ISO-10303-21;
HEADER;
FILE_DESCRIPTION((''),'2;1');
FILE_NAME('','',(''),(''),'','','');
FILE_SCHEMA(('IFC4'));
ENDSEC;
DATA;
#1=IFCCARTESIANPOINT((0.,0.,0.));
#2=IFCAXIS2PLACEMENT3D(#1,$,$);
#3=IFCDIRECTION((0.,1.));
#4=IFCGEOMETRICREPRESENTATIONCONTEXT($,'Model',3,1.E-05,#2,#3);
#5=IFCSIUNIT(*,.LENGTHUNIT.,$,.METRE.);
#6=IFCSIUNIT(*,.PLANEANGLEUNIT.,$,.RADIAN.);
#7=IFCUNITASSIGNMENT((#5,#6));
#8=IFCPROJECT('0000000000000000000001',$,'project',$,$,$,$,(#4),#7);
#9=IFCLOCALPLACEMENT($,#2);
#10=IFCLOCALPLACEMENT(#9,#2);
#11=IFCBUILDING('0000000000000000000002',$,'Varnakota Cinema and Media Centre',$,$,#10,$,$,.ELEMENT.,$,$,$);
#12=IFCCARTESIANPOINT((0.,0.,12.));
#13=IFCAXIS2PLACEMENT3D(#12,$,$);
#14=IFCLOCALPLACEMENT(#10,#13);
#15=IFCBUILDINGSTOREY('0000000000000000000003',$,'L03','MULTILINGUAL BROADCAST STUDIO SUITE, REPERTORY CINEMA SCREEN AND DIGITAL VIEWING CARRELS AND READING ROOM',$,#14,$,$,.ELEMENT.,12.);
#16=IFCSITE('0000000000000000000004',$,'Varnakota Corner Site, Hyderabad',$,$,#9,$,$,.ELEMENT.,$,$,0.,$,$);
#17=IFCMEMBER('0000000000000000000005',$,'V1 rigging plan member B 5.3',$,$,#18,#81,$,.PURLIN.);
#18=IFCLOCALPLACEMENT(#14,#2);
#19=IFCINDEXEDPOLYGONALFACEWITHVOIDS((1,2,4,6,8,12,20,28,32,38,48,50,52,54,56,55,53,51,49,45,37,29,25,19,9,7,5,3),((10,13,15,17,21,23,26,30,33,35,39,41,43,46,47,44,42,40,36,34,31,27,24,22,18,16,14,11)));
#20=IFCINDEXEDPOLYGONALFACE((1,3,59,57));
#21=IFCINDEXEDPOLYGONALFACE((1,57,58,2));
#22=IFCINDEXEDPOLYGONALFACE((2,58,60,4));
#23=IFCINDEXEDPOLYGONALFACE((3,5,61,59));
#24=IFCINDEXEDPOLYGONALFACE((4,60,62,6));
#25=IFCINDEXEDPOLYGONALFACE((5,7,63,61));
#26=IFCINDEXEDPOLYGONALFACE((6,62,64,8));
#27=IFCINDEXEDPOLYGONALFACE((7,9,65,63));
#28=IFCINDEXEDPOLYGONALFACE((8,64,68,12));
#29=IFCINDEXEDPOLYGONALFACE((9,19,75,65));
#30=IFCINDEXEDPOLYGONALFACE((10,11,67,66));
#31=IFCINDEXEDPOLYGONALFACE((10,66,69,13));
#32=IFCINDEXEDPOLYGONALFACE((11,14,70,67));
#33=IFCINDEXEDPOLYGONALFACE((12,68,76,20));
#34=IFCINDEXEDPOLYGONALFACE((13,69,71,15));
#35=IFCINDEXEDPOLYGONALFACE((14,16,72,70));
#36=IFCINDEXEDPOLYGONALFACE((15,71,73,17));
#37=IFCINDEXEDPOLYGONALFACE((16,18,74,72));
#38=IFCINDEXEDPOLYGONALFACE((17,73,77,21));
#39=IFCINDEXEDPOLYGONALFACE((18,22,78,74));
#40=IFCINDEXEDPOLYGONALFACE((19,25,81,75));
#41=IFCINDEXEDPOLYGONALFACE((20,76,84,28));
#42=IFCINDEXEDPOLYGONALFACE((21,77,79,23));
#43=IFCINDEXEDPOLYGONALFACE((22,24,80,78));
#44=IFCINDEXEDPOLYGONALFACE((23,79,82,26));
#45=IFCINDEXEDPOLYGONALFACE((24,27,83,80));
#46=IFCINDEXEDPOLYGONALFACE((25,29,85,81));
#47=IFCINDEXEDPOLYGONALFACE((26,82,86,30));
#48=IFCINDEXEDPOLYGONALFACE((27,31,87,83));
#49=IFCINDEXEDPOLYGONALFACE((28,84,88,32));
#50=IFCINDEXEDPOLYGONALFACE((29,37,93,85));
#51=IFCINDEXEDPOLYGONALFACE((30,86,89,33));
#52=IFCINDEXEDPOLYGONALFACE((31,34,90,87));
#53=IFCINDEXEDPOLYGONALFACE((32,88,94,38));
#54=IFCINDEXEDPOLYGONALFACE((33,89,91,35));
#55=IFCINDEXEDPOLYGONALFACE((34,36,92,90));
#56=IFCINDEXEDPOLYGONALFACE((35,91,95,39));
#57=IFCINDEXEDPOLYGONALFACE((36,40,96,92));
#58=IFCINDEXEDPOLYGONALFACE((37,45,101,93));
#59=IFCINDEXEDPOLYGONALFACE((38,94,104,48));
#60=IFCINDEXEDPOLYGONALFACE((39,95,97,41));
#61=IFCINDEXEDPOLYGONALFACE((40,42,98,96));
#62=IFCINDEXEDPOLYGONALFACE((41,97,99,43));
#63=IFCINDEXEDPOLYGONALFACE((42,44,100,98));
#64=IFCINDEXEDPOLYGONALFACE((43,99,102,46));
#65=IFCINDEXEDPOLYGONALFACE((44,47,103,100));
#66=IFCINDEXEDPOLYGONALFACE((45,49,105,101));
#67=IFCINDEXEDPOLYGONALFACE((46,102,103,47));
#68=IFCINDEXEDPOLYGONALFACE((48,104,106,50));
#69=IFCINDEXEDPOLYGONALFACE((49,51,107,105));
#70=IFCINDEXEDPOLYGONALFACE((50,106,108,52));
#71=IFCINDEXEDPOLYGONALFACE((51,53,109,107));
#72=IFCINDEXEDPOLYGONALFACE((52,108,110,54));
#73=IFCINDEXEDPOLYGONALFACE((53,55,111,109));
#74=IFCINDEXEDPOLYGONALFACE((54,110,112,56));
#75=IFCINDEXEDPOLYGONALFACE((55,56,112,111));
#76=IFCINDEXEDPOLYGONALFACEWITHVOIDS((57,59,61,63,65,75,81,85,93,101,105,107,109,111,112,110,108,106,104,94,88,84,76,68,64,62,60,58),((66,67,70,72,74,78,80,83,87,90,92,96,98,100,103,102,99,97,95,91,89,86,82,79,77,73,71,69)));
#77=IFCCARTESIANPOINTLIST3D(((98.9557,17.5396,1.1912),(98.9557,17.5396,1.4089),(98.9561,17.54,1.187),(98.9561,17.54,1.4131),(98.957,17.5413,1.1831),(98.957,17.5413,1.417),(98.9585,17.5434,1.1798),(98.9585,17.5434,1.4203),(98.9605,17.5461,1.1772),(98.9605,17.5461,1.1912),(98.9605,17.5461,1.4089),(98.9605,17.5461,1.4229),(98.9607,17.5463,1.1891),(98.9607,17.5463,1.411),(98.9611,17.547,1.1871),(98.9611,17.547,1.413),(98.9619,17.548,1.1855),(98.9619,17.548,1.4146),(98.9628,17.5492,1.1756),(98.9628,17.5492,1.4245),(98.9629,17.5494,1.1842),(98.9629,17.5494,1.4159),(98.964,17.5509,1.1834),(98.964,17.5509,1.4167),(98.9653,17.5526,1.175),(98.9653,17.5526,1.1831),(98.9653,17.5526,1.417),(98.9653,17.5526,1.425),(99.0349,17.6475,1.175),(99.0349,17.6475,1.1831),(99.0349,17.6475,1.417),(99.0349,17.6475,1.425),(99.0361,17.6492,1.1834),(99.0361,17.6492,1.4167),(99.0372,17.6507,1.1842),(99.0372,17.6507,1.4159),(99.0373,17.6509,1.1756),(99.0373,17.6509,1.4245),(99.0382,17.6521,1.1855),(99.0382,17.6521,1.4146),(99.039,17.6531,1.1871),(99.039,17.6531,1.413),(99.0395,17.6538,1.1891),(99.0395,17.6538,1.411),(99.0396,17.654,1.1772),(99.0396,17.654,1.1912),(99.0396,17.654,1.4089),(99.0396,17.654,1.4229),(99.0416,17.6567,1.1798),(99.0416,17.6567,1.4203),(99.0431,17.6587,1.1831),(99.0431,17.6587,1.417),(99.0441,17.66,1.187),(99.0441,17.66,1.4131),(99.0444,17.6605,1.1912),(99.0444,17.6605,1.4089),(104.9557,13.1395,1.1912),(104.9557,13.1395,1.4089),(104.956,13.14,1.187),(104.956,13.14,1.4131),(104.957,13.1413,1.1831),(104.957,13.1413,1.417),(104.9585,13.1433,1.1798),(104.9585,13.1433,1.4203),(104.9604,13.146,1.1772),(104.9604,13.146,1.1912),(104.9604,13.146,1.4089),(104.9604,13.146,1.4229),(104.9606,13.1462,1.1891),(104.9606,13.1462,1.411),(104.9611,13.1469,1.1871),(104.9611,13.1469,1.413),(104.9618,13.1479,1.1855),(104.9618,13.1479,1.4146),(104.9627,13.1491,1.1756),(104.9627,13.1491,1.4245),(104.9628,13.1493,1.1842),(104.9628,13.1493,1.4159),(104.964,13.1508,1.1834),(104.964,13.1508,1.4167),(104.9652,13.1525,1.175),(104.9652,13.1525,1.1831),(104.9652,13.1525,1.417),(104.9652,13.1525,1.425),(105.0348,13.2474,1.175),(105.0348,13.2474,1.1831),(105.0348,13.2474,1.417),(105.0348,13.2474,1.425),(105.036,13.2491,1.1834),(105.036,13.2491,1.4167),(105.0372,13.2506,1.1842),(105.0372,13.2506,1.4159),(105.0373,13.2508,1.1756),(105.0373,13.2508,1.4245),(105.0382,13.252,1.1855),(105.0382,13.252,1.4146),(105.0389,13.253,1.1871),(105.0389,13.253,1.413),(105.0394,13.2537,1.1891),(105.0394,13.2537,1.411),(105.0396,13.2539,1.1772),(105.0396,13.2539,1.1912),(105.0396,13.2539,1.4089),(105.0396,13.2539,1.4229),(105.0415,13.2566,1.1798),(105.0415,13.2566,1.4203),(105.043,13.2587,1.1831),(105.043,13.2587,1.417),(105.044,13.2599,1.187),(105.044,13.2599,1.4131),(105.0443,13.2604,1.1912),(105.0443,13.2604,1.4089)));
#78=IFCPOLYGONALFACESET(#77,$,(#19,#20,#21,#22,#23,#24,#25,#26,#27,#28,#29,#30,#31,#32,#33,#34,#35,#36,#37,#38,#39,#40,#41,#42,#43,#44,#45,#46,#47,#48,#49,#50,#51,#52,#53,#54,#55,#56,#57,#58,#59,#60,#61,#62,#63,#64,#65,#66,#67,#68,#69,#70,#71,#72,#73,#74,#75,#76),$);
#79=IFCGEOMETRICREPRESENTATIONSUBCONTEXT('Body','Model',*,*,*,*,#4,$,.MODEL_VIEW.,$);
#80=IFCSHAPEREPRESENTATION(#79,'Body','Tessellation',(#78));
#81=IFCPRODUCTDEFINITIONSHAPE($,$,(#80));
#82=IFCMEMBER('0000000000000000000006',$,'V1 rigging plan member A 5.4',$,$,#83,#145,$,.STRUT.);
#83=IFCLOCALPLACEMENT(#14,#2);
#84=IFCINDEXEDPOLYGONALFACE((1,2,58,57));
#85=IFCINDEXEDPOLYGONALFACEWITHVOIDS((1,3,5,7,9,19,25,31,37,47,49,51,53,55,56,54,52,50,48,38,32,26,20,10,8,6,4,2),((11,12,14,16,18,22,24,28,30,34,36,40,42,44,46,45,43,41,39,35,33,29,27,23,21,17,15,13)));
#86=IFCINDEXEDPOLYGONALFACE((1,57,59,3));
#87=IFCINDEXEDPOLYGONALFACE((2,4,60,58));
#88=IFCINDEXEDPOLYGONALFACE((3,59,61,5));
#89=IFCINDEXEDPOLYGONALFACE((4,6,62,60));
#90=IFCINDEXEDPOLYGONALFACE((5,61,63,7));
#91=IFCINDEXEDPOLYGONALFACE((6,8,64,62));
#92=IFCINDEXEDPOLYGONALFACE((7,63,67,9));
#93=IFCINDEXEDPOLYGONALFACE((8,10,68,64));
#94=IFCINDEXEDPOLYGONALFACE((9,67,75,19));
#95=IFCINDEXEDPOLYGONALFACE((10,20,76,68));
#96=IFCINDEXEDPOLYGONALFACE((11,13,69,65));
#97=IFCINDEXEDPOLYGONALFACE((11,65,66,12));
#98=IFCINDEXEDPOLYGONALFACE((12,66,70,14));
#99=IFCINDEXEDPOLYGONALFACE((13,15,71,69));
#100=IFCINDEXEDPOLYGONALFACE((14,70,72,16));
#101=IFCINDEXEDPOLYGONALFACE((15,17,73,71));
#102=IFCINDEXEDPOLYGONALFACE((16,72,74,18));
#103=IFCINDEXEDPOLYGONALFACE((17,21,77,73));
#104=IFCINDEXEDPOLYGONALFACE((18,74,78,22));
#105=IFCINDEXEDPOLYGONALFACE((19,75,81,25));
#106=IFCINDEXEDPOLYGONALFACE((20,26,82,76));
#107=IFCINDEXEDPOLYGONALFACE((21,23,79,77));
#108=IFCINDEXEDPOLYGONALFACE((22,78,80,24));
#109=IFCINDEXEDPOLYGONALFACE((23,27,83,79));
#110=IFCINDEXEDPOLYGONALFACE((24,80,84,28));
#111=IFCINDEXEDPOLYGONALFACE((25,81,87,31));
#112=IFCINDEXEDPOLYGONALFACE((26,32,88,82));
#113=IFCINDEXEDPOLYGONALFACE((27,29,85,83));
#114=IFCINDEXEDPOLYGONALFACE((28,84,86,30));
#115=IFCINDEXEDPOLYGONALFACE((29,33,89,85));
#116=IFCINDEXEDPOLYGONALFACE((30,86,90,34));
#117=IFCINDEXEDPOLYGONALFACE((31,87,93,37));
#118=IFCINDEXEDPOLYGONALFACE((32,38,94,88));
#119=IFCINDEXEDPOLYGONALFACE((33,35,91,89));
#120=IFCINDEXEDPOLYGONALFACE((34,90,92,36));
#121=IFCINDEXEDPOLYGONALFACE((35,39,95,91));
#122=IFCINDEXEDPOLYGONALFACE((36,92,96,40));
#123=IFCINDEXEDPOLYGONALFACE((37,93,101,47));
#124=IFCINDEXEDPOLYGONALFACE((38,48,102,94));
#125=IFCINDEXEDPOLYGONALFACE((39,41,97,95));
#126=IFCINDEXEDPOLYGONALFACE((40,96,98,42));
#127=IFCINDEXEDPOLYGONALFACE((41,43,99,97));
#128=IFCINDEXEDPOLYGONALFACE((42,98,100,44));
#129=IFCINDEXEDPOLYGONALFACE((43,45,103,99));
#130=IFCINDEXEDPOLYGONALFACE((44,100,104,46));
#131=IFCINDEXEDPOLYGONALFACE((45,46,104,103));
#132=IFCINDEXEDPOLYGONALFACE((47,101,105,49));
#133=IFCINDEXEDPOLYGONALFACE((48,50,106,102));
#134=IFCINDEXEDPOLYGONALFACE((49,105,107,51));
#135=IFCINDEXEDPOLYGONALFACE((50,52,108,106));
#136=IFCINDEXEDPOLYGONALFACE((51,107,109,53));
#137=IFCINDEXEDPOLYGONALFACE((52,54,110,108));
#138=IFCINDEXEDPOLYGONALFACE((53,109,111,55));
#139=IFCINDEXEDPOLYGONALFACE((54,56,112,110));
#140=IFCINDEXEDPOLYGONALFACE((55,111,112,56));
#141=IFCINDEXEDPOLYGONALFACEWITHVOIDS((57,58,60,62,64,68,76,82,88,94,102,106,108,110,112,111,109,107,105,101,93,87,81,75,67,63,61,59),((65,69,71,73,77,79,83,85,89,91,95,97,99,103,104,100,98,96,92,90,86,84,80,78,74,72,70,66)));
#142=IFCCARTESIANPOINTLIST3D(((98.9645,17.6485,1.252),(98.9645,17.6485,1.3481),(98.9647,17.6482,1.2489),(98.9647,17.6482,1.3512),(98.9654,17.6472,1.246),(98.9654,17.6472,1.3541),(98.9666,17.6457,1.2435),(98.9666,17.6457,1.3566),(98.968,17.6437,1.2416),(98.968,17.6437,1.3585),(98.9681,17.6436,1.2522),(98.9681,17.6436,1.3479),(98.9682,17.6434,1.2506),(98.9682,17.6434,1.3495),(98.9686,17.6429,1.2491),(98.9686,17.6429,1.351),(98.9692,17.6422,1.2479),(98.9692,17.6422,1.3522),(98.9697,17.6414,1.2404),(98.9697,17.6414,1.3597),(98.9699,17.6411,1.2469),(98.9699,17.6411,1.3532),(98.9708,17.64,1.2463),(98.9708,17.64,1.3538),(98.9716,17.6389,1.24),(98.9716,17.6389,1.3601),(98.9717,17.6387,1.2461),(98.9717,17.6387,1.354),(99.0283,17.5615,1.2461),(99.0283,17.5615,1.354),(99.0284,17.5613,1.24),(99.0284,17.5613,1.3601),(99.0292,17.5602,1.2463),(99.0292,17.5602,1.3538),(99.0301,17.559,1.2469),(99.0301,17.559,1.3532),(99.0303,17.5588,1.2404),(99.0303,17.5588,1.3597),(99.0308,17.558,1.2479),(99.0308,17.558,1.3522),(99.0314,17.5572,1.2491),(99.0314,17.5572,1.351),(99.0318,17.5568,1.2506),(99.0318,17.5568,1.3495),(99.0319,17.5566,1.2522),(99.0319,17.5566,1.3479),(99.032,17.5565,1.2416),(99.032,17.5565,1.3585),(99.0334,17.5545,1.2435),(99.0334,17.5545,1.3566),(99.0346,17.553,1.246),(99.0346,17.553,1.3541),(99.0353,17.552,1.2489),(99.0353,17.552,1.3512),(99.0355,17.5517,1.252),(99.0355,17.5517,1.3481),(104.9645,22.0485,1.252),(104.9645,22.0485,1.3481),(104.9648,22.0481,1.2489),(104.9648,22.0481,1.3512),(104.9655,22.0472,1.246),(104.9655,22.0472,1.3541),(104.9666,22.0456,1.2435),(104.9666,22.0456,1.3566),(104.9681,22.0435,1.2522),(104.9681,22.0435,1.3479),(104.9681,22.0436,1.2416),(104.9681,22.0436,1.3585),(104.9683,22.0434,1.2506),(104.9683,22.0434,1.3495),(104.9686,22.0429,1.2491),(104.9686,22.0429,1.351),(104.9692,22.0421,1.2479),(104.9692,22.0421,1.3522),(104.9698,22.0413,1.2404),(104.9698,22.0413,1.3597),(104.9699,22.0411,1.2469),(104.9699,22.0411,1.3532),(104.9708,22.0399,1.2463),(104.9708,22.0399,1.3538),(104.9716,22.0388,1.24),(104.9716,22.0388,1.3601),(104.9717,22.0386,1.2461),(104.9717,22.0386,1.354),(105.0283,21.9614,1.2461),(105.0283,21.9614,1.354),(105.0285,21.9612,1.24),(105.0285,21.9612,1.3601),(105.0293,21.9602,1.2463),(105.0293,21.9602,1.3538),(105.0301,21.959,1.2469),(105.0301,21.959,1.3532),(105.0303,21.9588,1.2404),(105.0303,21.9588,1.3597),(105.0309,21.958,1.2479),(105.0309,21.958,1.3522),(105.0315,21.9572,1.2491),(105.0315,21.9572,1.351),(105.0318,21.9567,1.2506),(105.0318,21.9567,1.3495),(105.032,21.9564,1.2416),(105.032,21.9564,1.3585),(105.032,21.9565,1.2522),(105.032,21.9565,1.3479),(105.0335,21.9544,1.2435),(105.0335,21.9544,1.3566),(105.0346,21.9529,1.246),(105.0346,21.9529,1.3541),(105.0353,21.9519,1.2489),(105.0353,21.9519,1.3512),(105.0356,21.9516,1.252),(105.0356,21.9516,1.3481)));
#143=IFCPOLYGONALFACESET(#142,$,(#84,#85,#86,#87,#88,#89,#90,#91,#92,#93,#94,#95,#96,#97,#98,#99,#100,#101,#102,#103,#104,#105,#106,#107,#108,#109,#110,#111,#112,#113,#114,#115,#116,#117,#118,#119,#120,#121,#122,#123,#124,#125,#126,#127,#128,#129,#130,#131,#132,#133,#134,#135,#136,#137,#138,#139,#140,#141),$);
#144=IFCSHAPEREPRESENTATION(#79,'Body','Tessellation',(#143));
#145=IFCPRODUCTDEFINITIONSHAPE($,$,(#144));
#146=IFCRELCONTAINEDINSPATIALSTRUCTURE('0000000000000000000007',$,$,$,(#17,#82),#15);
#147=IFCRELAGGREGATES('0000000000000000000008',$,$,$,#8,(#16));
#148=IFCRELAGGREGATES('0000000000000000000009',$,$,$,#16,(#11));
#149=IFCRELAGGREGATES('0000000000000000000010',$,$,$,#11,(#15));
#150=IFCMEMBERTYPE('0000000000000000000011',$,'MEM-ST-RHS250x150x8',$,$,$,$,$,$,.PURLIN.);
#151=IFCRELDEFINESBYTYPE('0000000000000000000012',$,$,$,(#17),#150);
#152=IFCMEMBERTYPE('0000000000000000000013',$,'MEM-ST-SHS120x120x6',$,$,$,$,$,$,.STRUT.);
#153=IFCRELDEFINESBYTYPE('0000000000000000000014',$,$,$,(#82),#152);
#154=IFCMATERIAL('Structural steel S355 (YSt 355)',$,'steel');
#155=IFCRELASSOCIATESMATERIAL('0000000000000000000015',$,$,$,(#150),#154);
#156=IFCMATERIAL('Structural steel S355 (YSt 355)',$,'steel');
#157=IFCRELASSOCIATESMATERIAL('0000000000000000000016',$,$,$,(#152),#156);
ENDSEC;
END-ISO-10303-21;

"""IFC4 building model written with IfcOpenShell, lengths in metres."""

from ifc_helpers import new_model, si_unit, direction, frame, origin, origin_2d, place, context, subcontext, project, spatial, hollow_rectangle, extrude, material, material_profile, profile_set, type_object, element, save


model = new_model("IFC4")

# Units and contexts
model_context = context("Model", 3, precision=1e-05, world=origin(), true_north=direction((0.0, 1.0)))
body_context = subcontext(model_context, "Body", "Model", "MODEL_VIEW")
ifc_project = project(units=[si_unit("LENGTHUNIT", "METRE"), si_unit("PLANEANGLEUNIT", "RADIAN")], contexts=[model_context])

# Site, building, storey
site_placement = place(None, origin())
site = spatial("IfcSite", under=ifc_project, at=site_placement, Name="Varnakota Corner Site, Hyderabad", CompositionType="ELEMENT", RefElevation=0.0)
building_placement = place(site_placement, origin())
building = spatial("IfcBuilding", under=site, at=building_placement, Name="Varnakota Cinema and Media Centre", CompositionType="ELEMENT")
storey_placement = place(building_placement, frame((0.0, 0.0, 12.0)))
storey = spatial("IfcBuildingStorey", under=building, at=storey_placement, Name="L03", Description="MULTILINGUAL BROADCAST STUDIO SUITE, REPERTORY CINEMA SCREEN AND DIGITAL VIEWING CARRELS AND READING ROOM", CompositionType="ELEMENT", Elevation=12.0)

# Members
ifc_material_1 = material(Name="Structural steel S355 (YSt 355)", Category="steel")
ifc_material_profile_1 = material_profile(ifc_material_1, hollow_rectangle(XDim=0.1499, YDim=0.25, WallThickness=0.0081, InnerFilletRadius=0.0081, OuterFilletRadius=0.0161, at=origin_2d()), Name="RHS 250x150x8")
ifc_profile_set_1 = profile_set([ifc_material_profile_1], Name="Structural steel S355 (YSt 355)")
member_type_1 = type_object("IfcMemberType", Name="MEM-ST-RHS250x150x8", PredefinedType="PURLIN", material=ifc_profile_set_1)
member_1_placement = place(storey_placement, frame((105.0, 13.2, 1.3), z_axis=(-0.806396, 0.591376, 0.0), x_axis=(-0.591376, -0.806396, 0.0)))
element("IfcMember", 1, at=member_1_placement, inside=storey, type_object=member_type_1, Name="V1 rigging plan member B 5.3", PredefinedType="PURLIN", context=body_context, shape_type="SweptSolid", body=[
    extrude(hollow_rectangle(XDim=0.1499, YDim=0.25, WallThickness=0.0081, InnerFilletRadius=0.0081, OuterFilletRadius=0.0161, at=origin_2d()), origin(), (0.0, 0.0, 1.0), 7.4404),
])
ifc_material_2 = material(Name="Structural steel S355 (YSt 355)", Category="steel")
ifc_material_profile_2 = material_profile(ifc_material_2, hollow_rectangle(XDim=0.1201, YDim=0.1201, WallThickness=0.0061, InnerFilletRadius=0.0061, OuterFilletRadius=0.012, at=origin_2d()), Name="SHS 120x120x6")
ifc_profile_set_2 = profile_set([ifc_material_profile_2], Name="Structural steel S355 (YSt 355)")
member_type_2 = type_object("IfcMemberType", Name="MEM-ST-SHS120x120x6", PredefinedType="STRUT", material=ifc_profile_set_2)
member_2_placement = place(storey_placement, frame((99.0, 17.6001, 1.3), z_axis=(0.806411, 0.591355, 0.0), x_axis=(-0.591355, 0.806411, 0.0)))
element("IfcMember", 2, at=member_2_placement, inside=storey, type_object=member_type_2, Name="V1 rigging plan member A 5.4", PredefinedType="STRUT", context=body_context, shape_type="SweptSolid", body=[
    extrude(hollow_rectangle(XDim=0.1201, YDim=0.1201, WallThickness=0.0061, InnerFilletRadius=0.0061, OuterFilletRadius=0.012, at=origin_2d()), origin(), (0.0, 0.0, 1.0), 7.4404),
])

save(model, "model.ifc")
